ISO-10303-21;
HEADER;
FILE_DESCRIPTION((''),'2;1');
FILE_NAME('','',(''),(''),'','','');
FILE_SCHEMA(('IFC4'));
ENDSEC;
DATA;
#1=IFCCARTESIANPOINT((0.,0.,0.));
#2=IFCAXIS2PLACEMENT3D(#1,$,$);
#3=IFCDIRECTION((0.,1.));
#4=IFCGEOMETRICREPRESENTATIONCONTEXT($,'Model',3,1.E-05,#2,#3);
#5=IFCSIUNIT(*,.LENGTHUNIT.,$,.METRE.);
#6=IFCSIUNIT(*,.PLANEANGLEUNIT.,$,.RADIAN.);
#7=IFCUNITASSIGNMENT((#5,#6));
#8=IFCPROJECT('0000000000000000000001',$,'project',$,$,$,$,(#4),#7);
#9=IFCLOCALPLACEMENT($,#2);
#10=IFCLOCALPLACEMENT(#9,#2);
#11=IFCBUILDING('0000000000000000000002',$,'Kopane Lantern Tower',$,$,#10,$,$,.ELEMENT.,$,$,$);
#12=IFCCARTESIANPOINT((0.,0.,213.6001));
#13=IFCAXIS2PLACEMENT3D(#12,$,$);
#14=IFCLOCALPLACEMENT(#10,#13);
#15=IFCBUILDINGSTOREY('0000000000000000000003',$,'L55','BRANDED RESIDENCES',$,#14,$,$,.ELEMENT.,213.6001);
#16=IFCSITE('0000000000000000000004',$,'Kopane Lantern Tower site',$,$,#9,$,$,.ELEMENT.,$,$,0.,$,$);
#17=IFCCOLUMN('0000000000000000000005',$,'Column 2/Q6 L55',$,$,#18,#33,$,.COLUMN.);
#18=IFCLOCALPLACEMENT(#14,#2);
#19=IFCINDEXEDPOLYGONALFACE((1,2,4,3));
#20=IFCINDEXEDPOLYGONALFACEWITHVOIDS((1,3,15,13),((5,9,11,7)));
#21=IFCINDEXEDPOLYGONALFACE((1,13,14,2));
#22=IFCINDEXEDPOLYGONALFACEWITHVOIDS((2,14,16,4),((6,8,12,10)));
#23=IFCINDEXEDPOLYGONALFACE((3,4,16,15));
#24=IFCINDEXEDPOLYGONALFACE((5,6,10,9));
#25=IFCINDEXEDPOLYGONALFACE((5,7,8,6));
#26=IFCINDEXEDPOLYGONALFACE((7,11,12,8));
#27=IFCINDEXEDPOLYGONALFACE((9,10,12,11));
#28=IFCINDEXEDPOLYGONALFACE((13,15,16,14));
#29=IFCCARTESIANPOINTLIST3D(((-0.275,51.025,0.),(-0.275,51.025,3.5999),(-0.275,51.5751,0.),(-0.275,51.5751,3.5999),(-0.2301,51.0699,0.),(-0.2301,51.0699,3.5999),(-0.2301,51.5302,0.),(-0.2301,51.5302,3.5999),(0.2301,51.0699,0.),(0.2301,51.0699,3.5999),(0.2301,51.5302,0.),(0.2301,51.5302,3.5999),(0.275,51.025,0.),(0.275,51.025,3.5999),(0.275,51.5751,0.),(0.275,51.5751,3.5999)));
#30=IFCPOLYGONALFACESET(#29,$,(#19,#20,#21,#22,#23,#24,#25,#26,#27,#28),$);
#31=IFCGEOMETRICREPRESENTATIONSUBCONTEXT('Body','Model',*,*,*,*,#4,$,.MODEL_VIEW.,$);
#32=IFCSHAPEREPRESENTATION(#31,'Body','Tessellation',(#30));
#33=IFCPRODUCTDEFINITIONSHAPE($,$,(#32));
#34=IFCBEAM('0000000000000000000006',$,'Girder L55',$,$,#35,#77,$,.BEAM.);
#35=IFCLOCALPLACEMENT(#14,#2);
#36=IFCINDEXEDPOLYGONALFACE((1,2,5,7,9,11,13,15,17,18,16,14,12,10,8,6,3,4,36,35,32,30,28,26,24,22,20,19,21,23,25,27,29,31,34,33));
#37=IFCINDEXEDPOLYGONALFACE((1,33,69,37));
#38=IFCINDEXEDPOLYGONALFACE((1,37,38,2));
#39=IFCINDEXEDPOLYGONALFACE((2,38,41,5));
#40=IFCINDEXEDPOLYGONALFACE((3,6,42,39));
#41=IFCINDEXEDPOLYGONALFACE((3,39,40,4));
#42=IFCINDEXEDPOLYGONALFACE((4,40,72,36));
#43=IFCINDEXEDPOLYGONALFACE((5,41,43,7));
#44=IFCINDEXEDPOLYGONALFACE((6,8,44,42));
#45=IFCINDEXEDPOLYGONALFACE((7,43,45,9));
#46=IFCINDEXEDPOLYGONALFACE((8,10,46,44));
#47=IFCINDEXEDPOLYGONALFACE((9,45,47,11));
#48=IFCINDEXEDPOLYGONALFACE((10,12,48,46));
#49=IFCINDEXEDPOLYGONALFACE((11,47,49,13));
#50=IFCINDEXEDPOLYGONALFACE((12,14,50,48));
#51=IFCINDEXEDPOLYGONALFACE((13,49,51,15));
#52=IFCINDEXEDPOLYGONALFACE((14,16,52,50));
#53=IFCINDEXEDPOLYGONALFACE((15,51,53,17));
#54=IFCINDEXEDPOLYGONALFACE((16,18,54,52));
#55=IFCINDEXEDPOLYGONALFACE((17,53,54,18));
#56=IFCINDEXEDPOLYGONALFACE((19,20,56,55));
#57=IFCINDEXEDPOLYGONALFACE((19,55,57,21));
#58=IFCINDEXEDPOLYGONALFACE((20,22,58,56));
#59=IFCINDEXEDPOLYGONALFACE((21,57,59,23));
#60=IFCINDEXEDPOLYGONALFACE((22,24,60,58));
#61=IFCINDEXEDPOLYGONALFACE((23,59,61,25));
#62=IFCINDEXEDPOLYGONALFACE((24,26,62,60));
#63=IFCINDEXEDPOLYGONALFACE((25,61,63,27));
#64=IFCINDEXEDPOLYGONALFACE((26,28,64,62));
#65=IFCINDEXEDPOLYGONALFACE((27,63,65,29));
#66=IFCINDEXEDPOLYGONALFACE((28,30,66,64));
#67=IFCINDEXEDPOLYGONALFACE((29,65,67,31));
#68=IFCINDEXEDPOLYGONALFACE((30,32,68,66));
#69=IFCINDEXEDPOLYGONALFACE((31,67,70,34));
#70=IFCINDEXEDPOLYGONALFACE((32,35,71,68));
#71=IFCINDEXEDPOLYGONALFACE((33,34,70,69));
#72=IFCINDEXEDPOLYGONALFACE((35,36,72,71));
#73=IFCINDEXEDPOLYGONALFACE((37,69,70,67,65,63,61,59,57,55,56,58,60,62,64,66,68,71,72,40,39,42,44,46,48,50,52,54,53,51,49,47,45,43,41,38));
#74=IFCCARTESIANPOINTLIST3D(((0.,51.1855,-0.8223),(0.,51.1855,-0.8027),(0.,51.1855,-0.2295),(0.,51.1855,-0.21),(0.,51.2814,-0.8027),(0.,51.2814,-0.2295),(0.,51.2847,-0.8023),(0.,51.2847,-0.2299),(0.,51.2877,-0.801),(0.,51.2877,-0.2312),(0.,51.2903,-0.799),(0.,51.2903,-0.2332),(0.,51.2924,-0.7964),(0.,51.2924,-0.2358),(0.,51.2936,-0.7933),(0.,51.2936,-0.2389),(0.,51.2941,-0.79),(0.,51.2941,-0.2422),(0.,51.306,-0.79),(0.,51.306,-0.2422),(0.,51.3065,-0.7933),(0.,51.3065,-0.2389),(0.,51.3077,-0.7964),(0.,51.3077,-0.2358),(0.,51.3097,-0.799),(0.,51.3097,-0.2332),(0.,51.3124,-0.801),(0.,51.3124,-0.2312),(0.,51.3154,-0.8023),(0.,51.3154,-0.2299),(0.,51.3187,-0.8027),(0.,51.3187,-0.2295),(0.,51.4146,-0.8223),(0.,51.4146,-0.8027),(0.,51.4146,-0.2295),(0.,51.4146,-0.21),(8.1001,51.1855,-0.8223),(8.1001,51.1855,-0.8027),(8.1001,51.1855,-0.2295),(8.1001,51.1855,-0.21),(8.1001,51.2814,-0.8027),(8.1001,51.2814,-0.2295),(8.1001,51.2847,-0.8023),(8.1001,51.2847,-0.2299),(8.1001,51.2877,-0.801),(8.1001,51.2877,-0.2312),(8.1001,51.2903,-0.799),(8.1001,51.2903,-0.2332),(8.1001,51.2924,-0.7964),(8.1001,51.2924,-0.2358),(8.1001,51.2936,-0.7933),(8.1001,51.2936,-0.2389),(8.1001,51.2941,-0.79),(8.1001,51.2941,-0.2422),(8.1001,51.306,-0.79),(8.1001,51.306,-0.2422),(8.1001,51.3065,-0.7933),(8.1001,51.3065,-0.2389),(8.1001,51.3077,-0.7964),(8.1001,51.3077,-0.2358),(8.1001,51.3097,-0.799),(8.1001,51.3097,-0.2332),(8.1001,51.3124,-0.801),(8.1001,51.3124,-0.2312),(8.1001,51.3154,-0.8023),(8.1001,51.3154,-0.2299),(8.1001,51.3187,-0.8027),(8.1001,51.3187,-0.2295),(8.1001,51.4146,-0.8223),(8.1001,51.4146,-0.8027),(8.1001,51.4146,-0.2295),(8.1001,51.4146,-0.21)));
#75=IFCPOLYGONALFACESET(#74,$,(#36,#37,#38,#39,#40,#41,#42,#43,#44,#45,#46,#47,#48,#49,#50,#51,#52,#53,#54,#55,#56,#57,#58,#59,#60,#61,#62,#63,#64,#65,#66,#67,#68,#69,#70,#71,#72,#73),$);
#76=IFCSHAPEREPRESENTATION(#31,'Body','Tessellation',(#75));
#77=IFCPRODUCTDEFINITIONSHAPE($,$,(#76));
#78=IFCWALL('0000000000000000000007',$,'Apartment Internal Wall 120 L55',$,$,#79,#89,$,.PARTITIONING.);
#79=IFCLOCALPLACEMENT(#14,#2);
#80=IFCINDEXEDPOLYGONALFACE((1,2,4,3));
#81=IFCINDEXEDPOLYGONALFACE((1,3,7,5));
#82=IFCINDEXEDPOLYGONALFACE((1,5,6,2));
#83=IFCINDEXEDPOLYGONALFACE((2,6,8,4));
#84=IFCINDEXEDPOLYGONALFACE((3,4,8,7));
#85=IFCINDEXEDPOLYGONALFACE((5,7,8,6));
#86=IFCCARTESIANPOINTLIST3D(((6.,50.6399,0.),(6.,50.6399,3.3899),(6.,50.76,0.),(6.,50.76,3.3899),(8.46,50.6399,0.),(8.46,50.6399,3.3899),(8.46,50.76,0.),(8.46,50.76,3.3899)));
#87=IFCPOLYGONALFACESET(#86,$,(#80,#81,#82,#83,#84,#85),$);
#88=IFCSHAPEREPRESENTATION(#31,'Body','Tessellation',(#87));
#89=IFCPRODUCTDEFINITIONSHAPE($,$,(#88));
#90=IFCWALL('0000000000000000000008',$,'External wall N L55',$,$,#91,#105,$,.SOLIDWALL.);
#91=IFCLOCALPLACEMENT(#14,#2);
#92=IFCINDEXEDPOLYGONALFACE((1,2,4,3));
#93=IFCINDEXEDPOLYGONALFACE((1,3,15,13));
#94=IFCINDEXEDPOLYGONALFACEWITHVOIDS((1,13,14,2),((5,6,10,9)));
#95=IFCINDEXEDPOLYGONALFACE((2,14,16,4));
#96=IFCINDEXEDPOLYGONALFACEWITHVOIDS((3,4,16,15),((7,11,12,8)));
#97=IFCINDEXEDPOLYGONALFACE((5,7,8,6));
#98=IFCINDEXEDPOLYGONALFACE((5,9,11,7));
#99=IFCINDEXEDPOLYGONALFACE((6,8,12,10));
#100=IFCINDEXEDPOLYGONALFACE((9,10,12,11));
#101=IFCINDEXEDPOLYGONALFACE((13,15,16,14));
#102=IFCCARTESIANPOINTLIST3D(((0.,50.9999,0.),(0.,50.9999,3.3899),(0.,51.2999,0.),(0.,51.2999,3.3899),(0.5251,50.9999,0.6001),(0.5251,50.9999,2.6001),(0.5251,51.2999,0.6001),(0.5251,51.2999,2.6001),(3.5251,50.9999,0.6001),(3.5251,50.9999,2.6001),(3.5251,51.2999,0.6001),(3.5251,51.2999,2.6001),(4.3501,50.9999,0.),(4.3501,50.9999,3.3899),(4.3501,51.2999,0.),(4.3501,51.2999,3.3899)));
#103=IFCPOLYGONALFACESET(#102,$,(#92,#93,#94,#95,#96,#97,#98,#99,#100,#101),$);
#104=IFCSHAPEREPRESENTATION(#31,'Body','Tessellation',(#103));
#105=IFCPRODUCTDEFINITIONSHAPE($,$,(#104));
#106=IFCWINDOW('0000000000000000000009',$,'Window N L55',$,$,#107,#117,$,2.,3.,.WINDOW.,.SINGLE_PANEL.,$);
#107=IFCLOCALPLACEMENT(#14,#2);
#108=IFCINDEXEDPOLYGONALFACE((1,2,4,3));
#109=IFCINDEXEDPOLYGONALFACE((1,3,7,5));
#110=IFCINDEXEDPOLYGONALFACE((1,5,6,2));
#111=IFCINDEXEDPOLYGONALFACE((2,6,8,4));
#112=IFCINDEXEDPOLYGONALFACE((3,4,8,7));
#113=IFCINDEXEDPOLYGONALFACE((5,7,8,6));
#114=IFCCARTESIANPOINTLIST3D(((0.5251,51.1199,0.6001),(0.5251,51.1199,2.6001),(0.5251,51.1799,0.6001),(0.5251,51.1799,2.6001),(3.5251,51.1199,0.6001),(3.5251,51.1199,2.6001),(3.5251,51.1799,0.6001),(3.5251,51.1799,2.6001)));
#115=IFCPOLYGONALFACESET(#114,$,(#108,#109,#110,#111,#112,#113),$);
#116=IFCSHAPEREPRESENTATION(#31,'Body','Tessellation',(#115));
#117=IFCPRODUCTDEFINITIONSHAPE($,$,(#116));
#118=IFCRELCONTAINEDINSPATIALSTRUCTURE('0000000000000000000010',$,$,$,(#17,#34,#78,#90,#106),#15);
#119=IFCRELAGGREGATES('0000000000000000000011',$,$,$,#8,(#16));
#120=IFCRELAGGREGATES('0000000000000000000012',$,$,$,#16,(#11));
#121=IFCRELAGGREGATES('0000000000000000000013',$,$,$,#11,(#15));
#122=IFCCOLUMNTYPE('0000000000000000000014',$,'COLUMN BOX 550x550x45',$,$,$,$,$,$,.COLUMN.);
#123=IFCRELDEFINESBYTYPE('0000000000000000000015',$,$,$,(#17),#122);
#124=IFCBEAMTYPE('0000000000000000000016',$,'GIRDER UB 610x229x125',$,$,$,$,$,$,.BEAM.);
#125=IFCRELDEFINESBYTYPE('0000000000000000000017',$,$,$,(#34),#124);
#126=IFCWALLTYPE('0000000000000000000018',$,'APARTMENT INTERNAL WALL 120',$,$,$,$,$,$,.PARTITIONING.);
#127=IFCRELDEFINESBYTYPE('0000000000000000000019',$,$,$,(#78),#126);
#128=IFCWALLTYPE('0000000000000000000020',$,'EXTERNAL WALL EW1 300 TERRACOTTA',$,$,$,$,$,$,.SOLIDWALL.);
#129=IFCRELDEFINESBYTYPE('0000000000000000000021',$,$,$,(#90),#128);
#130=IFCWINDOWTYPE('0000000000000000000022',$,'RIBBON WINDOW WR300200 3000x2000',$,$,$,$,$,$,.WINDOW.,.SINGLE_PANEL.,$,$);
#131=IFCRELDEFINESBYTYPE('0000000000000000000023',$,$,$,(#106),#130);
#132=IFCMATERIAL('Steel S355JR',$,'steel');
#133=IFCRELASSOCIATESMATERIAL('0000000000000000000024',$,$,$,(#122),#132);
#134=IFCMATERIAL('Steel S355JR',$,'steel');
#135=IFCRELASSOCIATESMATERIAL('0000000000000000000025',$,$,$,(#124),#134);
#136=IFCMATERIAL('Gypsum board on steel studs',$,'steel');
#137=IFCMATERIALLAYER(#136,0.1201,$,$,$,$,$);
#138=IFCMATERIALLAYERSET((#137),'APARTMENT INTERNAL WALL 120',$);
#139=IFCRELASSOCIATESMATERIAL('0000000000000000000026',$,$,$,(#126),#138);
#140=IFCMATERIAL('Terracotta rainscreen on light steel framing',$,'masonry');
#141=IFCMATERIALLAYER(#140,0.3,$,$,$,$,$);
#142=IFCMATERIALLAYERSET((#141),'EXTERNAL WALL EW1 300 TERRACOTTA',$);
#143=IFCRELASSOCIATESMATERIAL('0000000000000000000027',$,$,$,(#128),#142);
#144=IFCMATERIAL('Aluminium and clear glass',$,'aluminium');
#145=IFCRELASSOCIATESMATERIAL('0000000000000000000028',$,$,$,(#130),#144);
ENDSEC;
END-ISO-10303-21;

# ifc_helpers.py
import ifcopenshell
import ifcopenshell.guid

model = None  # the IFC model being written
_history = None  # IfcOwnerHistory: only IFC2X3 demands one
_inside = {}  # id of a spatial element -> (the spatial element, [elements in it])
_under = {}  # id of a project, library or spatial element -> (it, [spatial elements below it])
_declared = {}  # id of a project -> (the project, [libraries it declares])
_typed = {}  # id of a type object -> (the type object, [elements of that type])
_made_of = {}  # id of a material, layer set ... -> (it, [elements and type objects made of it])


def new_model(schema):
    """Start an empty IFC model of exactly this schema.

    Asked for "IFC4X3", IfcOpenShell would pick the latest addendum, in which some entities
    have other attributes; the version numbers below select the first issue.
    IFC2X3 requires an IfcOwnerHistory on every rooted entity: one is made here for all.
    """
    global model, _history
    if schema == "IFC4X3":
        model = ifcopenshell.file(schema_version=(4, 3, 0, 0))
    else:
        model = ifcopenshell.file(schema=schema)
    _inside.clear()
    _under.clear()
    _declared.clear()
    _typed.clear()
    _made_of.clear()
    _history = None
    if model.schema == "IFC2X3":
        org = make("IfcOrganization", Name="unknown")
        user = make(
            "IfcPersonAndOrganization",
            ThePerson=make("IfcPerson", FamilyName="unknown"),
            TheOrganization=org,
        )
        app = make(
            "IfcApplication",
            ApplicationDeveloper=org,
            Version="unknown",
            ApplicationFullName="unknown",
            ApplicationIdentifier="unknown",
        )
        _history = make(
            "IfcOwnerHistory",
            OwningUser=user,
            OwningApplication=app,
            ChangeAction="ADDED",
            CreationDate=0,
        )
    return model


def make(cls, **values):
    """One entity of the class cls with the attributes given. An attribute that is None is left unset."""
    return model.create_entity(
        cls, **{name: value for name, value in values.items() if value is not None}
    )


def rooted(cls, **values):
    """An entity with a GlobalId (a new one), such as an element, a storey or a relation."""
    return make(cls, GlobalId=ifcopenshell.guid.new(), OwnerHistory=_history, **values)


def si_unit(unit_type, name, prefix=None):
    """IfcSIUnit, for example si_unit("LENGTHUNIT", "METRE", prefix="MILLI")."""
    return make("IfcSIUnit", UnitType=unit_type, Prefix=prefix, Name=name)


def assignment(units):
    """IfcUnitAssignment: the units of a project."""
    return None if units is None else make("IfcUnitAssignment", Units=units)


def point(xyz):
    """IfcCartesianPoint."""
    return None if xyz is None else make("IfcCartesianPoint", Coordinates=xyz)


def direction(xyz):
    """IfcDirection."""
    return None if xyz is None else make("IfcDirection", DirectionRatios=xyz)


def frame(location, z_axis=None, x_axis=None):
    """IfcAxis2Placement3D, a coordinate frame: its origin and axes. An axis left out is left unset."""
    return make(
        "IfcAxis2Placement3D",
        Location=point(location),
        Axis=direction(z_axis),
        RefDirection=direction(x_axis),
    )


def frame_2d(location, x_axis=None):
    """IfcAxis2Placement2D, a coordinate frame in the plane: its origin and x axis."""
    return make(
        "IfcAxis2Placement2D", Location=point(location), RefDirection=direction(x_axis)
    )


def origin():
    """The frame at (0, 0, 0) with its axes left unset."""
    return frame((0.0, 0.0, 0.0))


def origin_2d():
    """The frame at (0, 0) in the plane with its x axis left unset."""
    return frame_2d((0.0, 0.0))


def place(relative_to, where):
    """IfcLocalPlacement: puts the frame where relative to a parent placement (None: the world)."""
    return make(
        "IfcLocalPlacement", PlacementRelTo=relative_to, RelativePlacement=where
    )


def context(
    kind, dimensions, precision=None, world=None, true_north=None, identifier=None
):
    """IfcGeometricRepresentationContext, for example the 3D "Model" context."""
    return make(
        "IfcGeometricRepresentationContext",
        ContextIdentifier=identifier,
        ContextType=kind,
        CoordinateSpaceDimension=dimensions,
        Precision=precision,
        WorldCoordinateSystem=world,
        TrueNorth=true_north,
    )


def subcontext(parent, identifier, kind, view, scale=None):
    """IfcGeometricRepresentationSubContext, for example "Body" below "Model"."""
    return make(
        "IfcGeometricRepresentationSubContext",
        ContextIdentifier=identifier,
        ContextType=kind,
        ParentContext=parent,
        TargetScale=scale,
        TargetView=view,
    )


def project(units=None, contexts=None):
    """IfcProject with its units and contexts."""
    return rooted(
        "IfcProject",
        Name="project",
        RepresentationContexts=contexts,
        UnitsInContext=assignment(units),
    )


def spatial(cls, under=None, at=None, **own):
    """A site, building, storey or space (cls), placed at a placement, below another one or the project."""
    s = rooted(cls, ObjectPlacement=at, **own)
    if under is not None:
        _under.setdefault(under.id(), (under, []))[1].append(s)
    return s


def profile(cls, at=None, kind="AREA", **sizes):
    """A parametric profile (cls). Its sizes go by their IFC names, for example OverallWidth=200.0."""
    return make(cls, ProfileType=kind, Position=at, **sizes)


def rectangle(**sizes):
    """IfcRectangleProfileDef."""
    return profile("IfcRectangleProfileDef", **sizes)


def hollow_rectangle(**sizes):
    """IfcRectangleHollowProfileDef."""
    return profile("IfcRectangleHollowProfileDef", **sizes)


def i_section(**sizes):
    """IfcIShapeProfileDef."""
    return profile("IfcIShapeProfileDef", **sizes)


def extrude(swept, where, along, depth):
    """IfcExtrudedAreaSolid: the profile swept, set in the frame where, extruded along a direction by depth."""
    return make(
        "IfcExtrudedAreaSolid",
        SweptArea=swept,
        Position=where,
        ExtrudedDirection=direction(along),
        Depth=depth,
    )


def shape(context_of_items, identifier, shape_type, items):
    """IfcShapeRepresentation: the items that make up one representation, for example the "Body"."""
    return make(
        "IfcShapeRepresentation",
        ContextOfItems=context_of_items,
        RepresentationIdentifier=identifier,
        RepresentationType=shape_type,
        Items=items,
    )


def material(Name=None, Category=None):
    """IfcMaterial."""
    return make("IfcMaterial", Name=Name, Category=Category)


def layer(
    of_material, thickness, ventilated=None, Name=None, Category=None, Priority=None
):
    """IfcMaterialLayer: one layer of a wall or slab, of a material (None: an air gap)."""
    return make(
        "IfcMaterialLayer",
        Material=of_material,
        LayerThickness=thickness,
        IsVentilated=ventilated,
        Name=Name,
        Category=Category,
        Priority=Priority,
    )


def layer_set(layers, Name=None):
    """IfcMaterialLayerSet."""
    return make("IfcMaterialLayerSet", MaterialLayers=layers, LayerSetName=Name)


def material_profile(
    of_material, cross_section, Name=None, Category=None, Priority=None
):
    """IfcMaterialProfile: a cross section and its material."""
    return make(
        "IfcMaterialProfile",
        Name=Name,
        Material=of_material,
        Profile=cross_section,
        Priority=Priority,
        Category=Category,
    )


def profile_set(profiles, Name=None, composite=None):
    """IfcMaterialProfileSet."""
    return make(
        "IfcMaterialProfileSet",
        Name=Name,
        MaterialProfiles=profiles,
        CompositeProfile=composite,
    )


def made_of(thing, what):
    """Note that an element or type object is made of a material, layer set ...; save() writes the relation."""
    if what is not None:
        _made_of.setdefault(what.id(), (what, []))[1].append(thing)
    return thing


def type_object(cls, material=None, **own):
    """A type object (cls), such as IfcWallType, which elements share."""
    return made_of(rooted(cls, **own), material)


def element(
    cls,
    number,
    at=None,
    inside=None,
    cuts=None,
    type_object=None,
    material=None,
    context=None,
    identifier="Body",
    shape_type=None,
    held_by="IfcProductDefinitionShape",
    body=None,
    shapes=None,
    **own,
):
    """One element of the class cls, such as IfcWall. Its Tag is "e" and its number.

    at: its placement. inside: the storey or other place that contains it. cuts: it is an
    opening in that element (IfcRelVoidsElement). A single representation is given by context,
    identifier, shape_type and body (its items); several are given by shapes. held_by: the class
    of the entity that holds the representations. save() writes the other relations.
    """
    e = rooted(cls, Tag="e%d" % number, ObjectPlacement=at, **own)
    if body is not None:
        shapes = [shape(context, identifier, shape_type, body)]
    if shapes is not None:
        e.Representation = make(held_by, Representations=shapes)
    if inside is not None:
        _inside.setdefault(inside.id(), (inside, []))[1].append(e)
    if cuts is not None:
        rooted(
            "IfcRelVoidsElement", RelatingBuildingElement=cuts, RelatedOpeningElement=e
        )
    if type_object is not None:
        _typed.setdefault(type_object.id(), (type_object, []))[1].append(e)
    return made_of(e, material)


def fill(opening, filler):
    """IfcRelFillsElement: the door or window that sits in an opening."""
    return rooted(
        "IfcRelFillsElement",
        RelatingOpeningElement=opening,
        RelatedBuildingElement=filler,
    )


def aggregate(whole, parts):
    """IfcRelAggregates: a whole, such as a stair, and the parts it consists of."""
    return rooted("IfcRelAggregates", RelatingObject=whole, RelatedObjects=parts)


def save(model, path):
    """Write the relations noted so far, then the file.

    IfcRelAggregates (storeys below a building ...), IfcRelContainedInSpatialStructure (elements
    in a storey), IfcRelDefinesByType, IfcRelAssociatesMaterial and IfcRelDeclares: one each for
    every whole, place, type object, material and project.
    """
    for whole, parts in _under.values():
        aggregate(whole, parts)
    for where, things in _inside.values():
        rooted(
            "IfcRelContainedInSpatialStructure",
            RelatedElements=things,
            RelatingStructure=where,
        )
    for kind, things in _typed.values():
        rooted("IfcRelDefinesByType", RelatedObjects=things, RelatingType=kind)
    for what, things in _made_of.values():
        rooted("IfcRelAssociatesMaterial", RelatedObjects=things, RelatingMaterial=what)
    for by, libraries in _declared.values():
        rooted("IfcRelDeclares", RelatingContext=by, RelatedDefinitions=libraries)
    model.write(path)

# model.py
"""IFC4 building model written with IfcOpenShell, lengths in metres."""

from ifc_helpers import new_model, si_unit, direction, frame, frame_2d, origin, origin_2d, place, context, subcontext, project, spatial, rectangle, hollow_rectangle, i_section, extrude, material, layer, layer_set, material_profile, profile_set, type_object, element, fill, save


model = new_model("IFC4")

# Units and contexts
model_context = context("Model", 3, precision=1e-05, world=origin(), true_north=direction((0.0, 1.0)))
body_context = subcontext(model_context, "Body", "Model", "MODEL_VIEW")
ifc_project = project(units=[si_unit("LENGTHUNIT", "METRE"), si_unit("PLANEANGLEUNIT", "RADIAN")], contexts=[model_context])

# Site, building, storey
site_placement = place(None, origin())
site = spatial("IfcSite", under=ifc_project, at=site_placement, Name="Kopane Lantern Tower site", CompositionType="ELEMENT", RefElevation=0.0)
building_placement = place(site_placement, origin())
building = spatial("IfcBuilding", under=site, at=building_placement, Name="Kopane Lantern Tower", CompositionType="ELEMENT")
storey_placement = place(building_placement, frame((0.0, 0.0, 213.6001)))
storey = spatial("IfcBuildingStorey", under=building, at=storey_placement, Name="L55", Description="BRANDED RESIDENCES", CompositionType="ELEMENT", Elevation=213.6001)

# Column
ifc_material_1 = material(Name="Steel S355JR", Category="steel")
ifc_material_profile_1 = material_profile(ifc_material_1, hollow_rectangle(XDim=0.55, YDim=0.55, WallThickness=0.0449, at=origin_2d()), Name="BOX 550x550x45")
ifc_profile_set_1 = profile_set([ifc_material_profile_1], Name="Steel S355JR")
column_type = type_object("IfcColumnType", Name="COLUMN BOX 550x550x45", PredefinedType="COLUMN", material=ifc_profile_set_1)
column_placement = place(storey_placement, frame((0.0, 51.3, 0.0), z_axis=(0.0, 0.0, 1.0), x_axis=(1.0, 0.0, 0.0)))
element("IfcColumn", 1, at=column_placement, inside=storey, type_object=column_type, Name="Column 2/Q6 L55", PredefinedType="COLUMN", context=body_context, shape_type="SweptSolid", body=[
    extrude(hollow_rectangle(XDim=0.55, YDim=0.55, WallThickness=0.0449, at=origin_2d()), origin(), (0.0, 0.0, 1.0), 3.5999),
])

# Beam
ifc_material_2 = material(Name="Steel S355JR", Category="steel")
ifc_material_profile_2 = material_profile(ifc_material_2, i_section(OverallWidth=0.229, OverallDepth=0.6123, WebThickness=0.012, FlangeThickness=0.0195, FilletRadius=0.0127, at=origin_2d()), Name="UB 610x229x125")
ifc_profile_set_2 = profile_set([ifc_material_profile_2], Name="Steel S355JR")
beam_type = type_object("IfcBeamType", Name="GIRDER UB 610x229x125", PredefinedType="BEAM", material=ifc_profile_set_2)
beam_placement = place(storey_placement, frame((0.0, 51.3, -0.5161), z_axis=(1.0, 0.0, 0.0), x_axis=(0.0, 1.0, 0.0)))
element("IfcBeam", 2, at=beam_placement, inside=storey, type_object=beam_type, Name="Girder L55", PredefinedType="BEAM", context=body_context, shape_type="SweptSolid", body=[
    extrude(i_section(OverallWidth=0.229, OverallDepth=0.6123, WebThickness=0.012, FlangeThickness=0.0195, FilletRadius=0.0127, at=origin_2d()), origin(), (0.0, 0.0, 1.0), 8.1001),
])

# Wall
ifc_material_3 = material(Name="Gypsum board on steel studs", Category="steel")
ifc_layer_1 = layer(ifc_material_3, 0.1201)
ifc_layer_set_1 = layer_set([ifc_layer_1], Name="APARTMENT INTERNAL WALL 120")
wall_type_1 = type_object("IfcWallType", Name="APARTMENT INTERNAL WALL 120", PredefinedType="PARTITIONING", material=ifc_layer_set_1)
wall_1_placement = place(storey_placement, frame((6.0, 50.7, 0.0), z_axis=(0.0, 0.0, 1.0), x_axis=(1.0, 0.0, 0.0)))
element("IfcWall", 3, at=wall_1_placement, inside=storey, type_object=wall_type_1, Name="Apartment Internal Wall 120 L55", PredefinedType="PARTITIONING", context=body_context, shape_type="SweptSolid", body=[
    extrude(rectangle(XDim=2.46, YDim=0.1201, at=frame_2d((1.23, 0.0))), origin(), (0.0, 0.0, 1.0), 3.3899),
])

# Wall, opening, window
ifc_material_4 = material(Name="Terracotta rainscreen on light steel framing", Category="masonry")
ifc_layer_2 = layer(ifc_material_4, 0.3)
ifc_layer_set_2 = layer_set([ifc_layer_2], Name="EXTERNAL WALL EW1 300 TERRACOTTA")
wall_type_2 = type_object("IfcWallType", Name="EXTERNAL WALL EW1 300 TERRACOTTA", PredefinedType="SOLIDWALL", material=ifc_layer_set_2)
wall_2_placement = place(storey_placement, frame((4.3501, 51.1499, 0.0), z_axis=(0.0, 0.0, 1.0), x_axis=(-1.0, 0.0, 0.0)))
wall_2 = element("IfcWall", 4, at=wall_2_placement, inside=storey, type_object=wall_type_2, Name="External wall N L55", PredefinedType="SOLIDWALL", context=body_context, shape_type="SweptSolid", body=[
    extrude(rectangle(XDim=4.3501, YDim=0.3, at=frame_2d((2.175, 0.0))), origin(), (0.0, 0.0, 1.0), 3.3899),
])
opening_1_placement = place(wall_2_placement, frame((0.825, 0.0, 0.6001)))
opening_1 = element("IfcOpeningElement", 5, at=opening_1_placement, cuts=wall_2, PredefinedType="OPENING", context=body_context, shape_type="SweptSolid", body=[
    extrude(rectangle(XDim=3.0, YDim=2.0, at=frame_2d((1.5, 1.0))), frame((0.0, 0.1599, 0.0), z_axis=(0.0, -1.0, 0.0), x_axis=(1.0, 0.0, 0.0)), (0.0, 0.0, 1.0), 0.3201),
])
ifc_material_5 = material(Name="Aluminium and clear glass", Category="aluminium")
window_type_1 = type_object("IfcWindowType", Name="RIBBON WINDOW WR300200 3000x2000", PartitioningType="SINGLE_PANEL", PredefinedType="WINDOW", material=ifc_material_5)
window_1_placement = place(opening_1_placement, origin())
window_1 = element("IfcWindow", 6, at=window_1_placement, inside=storey, type_object=window_type_1, Name="Window N L55", OverallHeight=2.0, OverallWidth=3.0, PartitioningType="SINGLE_PANEL", PredefinedType="WINDOW", context=body_context, shape_type="SweptSolid", body=[
    extrude(rectangle(XDim=3.0, YDim=2.0, at=frame_2d((1.5, 1.0))), frame((0.0, 0.03, 0.0), z_axis=(0.0, -1.0, 0.0), x_axis=(1.0, 0.0, 0.0)), (0.0, 0.0, 1.0), 0.0601),
])
fill(opening_1, window_1)

save(model, "model.ifc")
